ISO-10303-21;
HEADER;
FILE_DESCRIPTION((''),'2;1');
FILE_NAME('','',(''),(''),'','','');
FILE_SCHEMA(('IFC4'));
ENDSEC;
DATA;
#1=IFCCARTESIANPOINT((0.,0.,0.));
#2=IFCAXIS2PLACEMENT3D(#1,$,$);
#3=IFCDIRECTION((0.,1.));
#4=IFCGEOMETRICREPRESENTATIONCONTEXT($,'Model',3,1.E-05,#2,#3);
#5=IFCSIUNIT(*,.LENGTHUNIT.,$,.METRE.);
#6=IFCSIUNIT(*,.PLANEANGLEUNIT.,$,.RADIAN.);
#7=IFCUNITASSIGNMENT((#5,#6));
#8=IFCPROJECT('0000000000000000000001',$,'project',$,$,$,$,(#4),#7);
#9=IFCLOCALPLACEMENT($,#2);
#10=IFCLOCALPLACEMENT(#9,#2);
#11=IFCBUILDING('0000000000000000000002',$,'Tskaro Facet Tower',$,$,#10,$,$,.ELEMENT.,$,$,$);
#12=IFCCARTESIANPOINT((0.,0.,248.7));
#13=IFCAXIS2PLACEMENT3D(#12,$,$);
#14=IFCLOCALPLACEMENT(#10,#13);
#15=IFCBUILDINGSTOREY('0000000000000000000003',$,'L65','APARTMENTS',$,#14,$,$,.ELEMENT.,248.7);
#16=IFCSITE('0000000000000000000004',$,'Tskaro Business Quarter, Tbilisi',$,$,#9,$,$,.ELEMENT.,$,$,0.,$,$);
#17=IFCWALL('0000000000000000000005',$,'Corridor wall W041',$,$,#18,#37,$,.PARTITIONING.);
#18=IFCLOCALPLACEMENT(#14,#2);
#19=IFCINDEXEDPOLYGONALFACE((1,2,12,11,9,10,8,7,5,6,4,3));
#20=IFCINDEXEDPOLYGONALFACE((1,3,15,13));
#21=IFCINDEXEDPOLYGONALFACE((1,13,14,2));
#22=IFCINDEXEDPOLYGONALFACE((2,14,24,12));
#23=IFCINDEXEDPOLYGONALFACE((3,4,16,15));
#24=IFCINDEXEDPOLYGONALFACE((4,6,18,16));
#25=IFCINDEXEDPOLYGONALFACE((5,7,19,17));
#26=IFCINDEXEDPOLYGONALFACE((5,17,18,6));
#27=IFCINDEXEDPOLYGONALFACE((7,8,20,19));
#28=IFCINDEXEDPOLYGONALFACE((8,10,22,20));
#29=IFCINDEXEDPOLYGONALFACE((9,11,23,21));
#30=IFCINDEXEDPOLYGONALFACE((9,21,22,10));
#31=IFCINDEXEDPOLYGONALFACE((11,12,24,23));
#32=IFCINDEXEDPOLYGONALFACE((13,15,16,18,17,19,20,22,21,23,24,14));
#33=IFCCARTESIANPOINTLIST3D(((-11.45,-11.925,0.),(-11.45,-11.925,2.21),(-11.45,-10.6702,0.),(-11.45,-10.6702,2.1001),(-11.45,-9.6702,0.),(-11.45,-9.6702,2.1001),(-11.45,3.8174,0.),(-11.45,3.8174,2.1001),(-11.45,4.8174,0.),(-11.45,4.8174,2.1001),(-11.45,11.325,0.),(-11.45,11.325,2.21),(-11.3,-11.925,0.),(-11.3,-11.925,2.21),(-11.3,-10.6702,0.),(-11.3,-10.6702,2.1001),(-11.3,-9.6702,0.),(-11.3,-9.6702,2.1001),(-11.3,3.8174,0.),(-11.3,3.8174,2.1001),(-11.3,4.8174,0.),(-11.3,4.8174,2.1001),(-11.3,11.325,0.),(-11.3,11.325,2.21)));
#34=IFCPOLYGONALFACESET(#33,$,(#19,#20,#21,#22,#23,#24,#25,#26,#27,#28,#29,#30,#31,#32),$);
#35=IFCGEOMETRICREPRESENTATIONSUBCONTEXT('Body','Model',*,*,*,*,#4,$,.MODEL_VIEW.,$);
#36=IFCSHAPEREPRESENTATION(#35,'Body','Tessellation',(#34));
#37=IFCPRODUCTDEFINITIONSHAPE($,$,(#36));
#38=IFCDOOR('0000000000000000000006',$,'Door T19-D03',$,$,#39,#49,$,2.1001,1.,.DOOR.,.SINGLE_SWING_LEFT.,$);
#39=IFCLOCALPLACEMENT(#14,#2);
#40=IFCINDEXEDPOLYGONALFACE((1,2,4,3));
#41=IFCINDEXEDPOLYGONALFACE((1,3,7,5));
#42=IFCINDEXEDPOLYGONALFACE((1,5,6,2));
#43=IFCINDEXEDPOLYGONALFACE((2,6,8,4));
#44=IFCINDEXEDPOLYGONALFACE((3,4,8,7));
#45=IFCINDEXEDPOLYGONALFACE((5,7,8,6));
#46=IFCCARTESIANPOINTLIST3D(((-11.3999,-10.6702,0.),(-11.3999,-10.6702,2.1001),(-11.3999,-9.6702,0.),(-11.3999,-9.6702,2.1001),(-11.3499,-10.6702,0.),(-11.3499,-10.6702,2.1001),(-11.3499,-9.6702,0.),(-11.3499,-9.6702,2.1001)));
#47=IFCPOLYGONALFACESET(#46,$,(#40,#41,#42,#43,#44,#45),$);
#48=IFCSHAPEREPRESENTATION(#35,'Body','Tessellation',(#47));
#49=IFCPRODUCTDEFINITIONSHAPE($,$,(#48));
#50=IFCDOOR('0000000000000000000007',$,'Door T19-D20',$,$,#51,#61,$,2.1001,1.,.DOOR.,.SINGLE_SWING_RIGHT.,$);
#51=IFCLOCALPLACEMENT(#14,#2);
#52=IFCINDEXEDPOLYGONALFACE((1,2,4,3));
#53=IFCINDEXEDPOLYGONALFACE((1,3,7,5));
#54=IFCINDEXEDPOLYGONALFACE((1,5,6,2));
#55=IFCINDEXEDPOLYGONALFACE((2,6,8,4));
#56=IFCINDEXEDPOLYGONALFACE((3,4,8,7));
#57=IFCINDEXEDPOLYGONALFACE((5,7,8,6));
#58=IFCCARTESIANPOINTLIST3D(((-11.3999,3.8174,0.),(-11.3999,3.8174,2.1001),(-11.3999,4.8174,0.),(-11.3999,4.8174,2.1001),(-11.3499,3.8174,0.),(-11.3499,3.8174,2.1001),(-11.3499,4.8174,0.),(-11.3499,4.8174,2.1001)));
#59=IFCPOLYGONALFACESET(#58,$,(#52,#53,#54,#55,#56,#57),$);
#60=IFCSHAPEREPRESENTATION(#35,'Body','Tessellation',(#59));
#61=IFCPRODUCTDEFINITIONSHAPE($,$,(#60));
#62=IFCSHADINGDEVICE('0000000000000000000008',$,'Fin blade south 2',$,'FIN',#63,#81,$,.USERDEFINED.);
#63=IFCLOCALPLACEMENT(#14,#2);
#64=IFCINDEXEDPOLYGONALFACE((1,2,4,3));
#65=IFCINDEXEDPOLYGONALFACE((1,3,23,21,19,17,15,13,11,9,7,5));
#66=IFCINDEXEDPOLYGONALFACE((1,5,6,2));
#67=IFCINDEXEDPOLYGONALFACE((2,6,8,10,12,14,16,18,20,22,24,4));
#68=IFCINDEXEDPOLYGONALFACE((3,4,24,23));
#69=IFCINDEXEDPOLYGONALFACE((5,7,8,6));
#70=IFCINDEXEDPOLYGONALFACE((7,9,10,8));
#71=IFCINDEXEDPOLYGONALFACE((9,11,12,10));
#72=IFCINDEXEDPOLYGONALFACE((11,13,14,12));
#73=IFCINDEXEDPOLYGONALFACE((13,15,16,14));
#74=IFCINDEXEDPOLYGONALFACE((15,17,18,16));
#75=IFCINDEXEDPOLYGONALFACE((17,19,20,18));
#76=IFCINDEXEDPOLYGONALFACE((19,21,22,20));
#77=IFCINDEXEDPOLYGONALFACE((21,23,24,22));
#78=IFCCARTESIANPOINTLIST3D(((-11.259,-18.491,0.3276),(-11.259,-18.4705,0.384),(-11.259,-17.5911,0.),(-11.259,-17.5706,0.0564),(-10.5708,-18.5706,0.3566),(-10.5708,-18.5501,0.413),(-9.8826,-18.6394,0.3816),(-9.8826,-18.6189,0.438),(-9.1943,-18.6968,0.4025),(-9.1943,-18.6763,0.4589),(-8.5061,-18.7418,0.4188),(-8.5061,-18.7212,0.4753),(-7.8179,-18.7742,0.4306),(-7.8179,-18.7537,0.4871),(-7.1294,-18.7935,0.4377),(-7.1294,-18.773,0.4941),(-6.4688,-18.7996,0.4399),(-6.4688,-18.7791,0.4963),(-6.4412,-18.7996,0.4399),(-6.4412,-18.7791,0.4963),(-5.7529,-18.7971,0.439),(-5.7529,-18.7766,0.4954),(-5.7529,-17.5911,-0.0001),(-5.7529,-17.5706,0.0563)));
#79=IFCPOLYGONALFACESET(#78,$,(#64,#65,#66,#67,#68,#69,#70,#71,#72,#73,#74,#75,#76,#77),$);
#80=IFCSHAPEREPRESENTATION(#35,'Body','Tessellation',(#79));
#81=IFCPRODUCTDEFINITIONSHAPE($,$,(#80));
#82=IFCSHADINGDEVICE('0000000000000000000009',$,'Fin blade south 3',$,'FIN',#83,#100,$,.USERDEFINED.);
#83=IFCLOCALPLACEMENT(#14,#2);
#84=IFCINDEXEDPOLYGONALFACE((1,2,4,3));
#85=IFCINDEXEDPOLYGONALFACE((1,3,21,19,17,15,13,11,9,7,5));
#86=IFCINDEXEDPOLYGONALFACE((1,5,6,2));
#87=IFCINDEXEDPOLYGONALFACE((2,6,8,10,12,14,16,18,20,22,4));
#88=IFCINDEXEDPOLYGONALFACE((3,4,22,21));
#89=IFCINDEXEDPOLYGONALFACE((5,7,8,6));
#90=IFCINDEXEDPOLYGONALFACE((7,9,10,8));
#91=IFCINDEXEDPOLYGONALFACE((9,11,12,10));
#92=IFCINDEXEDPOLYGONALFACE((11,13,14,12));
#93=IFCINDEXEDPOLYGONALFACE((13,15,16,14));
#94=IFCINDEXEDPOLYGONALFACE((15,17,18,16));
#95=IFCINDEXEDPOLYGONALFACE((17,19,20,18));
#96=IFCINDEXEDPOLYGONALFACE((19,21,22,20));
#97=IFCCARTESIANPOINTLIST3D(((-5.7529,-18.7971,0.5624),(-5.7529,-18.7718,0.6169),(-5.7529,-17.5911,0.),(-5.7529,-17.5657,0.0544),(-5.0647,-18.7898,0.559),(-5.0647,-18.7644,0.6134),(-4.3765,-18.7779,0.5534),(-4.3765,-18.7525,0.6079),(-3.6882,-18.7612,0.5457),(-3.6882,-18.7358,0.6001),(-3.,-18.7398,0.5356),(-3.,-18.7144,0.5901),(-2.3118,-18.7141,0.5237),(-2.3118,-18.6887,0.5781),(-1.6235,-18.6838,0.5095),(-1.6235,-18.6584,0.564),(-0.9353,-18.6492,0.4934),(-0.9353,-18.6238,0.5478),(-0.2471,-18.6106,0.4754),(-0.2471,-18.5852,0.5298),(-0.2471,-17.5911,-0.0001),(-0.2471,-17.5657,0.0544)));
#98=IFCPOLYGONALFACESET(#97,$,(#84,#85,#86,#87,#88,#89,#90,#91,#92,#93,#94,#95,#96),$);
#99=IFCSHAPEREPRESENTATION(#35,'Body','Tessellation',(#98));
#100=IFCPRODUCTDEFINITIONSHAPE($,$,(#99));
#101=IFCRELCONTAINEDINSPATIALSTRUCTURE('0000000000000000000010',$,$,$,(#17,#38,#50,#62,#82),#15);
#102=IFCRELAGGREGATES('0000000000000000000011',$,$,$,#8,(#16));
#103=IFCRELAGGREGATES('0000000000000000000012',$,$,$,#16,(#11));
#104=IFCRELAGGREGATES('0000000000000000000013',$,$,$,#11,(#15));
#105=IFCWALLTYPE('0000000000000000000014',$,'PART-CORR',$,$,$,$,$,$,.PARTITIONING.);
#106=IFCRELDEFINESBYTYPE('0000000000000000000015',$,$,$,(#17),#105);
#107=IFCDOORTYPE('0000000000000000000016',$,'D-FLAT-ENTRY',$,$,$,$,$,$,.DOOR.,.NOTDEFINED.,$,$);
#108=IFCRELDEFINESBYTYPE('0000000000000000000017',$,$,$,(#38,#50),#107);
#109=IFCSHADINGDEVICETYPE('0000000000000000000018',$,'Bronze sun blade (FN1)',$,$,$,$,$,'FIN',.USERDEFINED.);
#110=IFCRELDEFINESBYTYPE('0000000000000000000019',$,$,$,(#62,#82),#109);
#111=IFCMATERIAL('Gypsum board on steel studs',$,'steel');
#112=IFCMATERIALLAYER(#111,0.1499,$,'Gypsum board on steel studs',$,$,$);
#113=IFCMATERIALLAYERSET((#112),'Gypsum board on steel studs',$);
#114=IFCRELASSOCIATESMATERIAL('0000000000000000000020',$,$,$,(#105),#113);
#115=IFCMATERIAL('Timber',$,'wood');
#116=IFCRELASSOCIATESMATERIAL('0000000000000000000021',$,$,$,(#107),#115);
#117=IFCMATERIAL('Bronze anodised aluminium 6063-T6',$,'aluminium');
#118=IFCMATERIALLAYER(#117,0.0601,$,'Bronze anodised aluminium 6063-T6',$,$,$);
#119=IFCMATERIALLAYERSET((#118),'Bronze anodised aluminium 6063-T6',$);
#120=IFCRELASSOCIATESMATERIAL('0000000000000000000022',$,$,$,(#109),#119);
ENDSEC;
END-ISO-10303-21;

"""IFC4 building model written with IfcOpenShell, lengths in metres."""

from ifc_helpers import new_model, si_unit, direction, frame, frame_2d, origin, place, context, subcontext, project, spatial, polyline, rectangle, outline, extrude, material, layer, layer_set, type_object, element, fill, save


model = new_model("IFC4")

# Units and contexts
model_context = context("Model", 3, precision=1e-05, world=origin(), true_north=direction((0.0, 1.0)))
body_context = subcontext(model_context, "Body", "Model", "MODEL_VIEW")
ifc_project = project(units=[si_unit("LENGTHUNIT", "METRE"), si_unit("PLANEANGLEUNIT", "RADIAN")], contexts=[model_context])

# Site, building, storey
site_placement = place(None, origin())
site = spatial("IfcSite", under=ifc_project, at=site_placement, Name="Tskaro Business Quarter, Tbilisi", CompositionType="ELEMENT", RefElevation=0.0)
building_placement = place(site_placement, origin())
building = spatial("IfcBuilding", under=site, at=building_placement, Name="Tskaro Facet Tower", CompositionType="ELEMENT")
storey_placement = place(building_placement, frame((0.0, 0.0, 248.7)))
storey = spatial("IfcBuildingStorey", under=building, at=storey_placement, Name="L65", Description="APARTMENTS", CompositionType="ELEMENT", Elevation=248.7)

# Shared definitions
ifc_material_1 = material(Name="Bronze anodised aluminium 6063-T6", Category="aluminium")

# Shared definitions
ifc_material_2 = material(Name="Gypsum board on steel studs", Category="steel")

# Shared definitions
ifc_layer_1 = layer(ifc_material_2, 0.1499, Name="Gypsum board on steel studs")
ifc_layer_set_1 = layer_set([ifc_layer_1], Name="Gypsum board on steel studs")
wall_type_1 = type_object("IfcWallType", Name="PART-CORR", PredefinedType="PARTITIONING", material=ifc_layer_set_1)
ifc_material_3 = material(Name="Timber", Category="wood")

# Wall, openings, doors
wall_1_placement = place(storey_placement, frame((-11.375, -11.925, 0.0), z_axis=(0.0, 0.0, 1.0), x_axis=(0.0, 1.0, 0.0)))
wall_1 = element("IfcWall", 1, at=wall_1_placement, inside=storey, type_object=wall_type_1, Name="Corridor wall W041", PredefinedType="PARTITIONING", context=body_context, shape_type="SweptSolid", body=[
    extrude(rectangle(XDim=23.25, YDim=0.1499, at=frame_2d((11.625, 0.0))), origin(), (0.0, 0.0, 1.0), 2.21),
])
opening_1_placement = place(wall_1_placement, frame((1.2549, 0.0, 0.0)))
opening_1 = element("IfcOpeningElement", 2, at=opening_1_placement, cuts=wall_1, PredefinedType="OPENING", context=body_context, shape_type="SweptSolid", body=[
    extrude(rectangle(XDim=1.0, YDim=2.1001, at=frame_2d((0.5, 1.05))), frame((0.0, 0.085, 0.0), z_axis=(0.0, -1.0, 0.0), x_axis=(1.0, 0.0, 0.0)), (0.0, 0.0, 1.0), 0.1699),
])
opening_2_placement = place(wall_1_placement, frame((15.7424, 0.0, 0.0)))
opening_2 = element("IfcOpeningElement", 3, at=opening_2_placement, cuts=wall_1, PredefinedType="OPENING", context=body_context, shape_type="SweptSolid", body=[
    extrude(rectangle(XDim=1.0, YDim=2.1001, at=frame_2d((0.5, 1.05))), frame((0.0, 0.085, 0.0), z_axis=(0.0, -1.0, 0.0), x_axis=(1.0, 0.0, 0.0)), (0.0, 0.0, 1.0), 0.1699),
])
door_type_1 = type_object("IfcDoorType", Name="D-FLAT-ENTRY", OperationType="NOTDEFINED", PredefinedType="DOOR", material=ifc_material_3)
door_1_placement = place(opening_1_placement, origin())
door_1 = element("IfcDoor", 4, at=door_1_placement, inside=storey, type_object=door_type_1, Name="Door T19-D03", OperationType="SINGLE_SWING_LEFT", OverallHeight=2.1001, OverallWidth=1.0, PredefinedType="DOOR", context=body_context, shape_type="SweptSolid", body=[
    extrude(rectangle(XDim=1.0, YDim=2.1001, at=frame_2d((0.5, 1.05))), frame((0.0, 0.0249, 0.0), z_axis=(0.0, -1.0, 0.0), x_axis=(1.0, 0.0, 0.0)), (0.0, 0.0, 1.0), 0.05),
])
fill(opening_1, door_1)
door_2_placement = place(opening_2_placement, origin())
door_2 = element("IfcDoor", 5, at=door_2_placement, inside=storey, type_object=door_type_1, Name="Door T19-D20", OperationType="SINGLE_SWING_RIGHT", OverallHeight=2.1001, OverallWidth=1.0, PredefinedType="DOOR", context=body_context, shape_type="SweptSolid", body=[
    extrude(rectangle(XDim=1.0, YDim=2.1001, at=frame_2d((0.5, 1.05))), frame((0.0, 0.0249, 0.0), z_axis=(0.0, -1.0, 0.0), x_axis=(1.0, 0.0, 0.0)), (0.0, 0.0, 1.0), 0.05),
])
fill(opening_2, door_2)

# Shading devices
ifc_layer_2 = layer(ifc_material_1, 0.0601, Name="Bronze anodised aluminium 6063-T6")
ifc_layer_set_2 = layer_set([ifc_layer_2], Name="Bronze anodised aluminium 6063-T6")
shading_device_type = type_object("IfcShadingDeviceType", Name="Bronze sun blade (FN1)", ElementType="FIN", PredefinedType="USERDEFINED", material=ifc_layer_set_2)
shading_device_1_placement = place(storey_placement, frame((-11.259, -17.5706, 0.0564), z_axis=(0.000012, 0.342094, 0.939666), x_axis=(1.0, -0.000004, -0.000012)))
element("IfcShadingDevice", 6, at=shading_device_1_placement, inside=storey, type_object=shading_device_type, Name="Fin blade south 2", ObjectType="FIN", PredefinedType="USERDEFINED", context=body_context, shape_type="SweptSolid", body=[
    extrude(outline(polyline([(0.0, 0.0), (5.5061, 0.0), (5.5061, -1.2835), (4.8179, -1.2861), (4.7903, -1.2861), (4.1296, -1.2796), (3.4412, -1.2591), (2.7529, -1.2245), (2.0647, -1.1767), (1.3765, -1.1156), (0.6882, -1.0424), (0.0, -0.9577), (0.0, 0.0)])), origin(), (0.0, 0.0, -1.0), 0.0601),
])
shading_device_2_placement = place(storey_placement, frame((-5.7529, -17.5657, 0.0544), z_axis=(0.000015, 0.42263, 0.906302), x_axis=(1.0, -0.000006, -0.000013)))
element("IfcShadingDevice", 7, at=shading_device_2_placement, inside=storey, type_object=shading_device_type, Name="Fin blade south 3", ObjectType="FIN", PredefinedType="USERDEFINED", context=body_context, shape_type="SweptSolid", body=[
    extrude(outline(polyline([(0.0, 0.0), (5.5059, 0.0), (5.5059, -1.1249), (4.8176, -1.1675), (4.1294, -1.2057), (3.4412, -1.2391), (2.7529, -1.2674), (2.0647, -1.2911), (1.3765, -1.3095), (0.6882, -1.3227), (0.0, -1.3308), (0.0, 0.0)])), origin(), (0.0, 0.0, -1.0), 0.0601),
])

save(model, "model.ifc")
